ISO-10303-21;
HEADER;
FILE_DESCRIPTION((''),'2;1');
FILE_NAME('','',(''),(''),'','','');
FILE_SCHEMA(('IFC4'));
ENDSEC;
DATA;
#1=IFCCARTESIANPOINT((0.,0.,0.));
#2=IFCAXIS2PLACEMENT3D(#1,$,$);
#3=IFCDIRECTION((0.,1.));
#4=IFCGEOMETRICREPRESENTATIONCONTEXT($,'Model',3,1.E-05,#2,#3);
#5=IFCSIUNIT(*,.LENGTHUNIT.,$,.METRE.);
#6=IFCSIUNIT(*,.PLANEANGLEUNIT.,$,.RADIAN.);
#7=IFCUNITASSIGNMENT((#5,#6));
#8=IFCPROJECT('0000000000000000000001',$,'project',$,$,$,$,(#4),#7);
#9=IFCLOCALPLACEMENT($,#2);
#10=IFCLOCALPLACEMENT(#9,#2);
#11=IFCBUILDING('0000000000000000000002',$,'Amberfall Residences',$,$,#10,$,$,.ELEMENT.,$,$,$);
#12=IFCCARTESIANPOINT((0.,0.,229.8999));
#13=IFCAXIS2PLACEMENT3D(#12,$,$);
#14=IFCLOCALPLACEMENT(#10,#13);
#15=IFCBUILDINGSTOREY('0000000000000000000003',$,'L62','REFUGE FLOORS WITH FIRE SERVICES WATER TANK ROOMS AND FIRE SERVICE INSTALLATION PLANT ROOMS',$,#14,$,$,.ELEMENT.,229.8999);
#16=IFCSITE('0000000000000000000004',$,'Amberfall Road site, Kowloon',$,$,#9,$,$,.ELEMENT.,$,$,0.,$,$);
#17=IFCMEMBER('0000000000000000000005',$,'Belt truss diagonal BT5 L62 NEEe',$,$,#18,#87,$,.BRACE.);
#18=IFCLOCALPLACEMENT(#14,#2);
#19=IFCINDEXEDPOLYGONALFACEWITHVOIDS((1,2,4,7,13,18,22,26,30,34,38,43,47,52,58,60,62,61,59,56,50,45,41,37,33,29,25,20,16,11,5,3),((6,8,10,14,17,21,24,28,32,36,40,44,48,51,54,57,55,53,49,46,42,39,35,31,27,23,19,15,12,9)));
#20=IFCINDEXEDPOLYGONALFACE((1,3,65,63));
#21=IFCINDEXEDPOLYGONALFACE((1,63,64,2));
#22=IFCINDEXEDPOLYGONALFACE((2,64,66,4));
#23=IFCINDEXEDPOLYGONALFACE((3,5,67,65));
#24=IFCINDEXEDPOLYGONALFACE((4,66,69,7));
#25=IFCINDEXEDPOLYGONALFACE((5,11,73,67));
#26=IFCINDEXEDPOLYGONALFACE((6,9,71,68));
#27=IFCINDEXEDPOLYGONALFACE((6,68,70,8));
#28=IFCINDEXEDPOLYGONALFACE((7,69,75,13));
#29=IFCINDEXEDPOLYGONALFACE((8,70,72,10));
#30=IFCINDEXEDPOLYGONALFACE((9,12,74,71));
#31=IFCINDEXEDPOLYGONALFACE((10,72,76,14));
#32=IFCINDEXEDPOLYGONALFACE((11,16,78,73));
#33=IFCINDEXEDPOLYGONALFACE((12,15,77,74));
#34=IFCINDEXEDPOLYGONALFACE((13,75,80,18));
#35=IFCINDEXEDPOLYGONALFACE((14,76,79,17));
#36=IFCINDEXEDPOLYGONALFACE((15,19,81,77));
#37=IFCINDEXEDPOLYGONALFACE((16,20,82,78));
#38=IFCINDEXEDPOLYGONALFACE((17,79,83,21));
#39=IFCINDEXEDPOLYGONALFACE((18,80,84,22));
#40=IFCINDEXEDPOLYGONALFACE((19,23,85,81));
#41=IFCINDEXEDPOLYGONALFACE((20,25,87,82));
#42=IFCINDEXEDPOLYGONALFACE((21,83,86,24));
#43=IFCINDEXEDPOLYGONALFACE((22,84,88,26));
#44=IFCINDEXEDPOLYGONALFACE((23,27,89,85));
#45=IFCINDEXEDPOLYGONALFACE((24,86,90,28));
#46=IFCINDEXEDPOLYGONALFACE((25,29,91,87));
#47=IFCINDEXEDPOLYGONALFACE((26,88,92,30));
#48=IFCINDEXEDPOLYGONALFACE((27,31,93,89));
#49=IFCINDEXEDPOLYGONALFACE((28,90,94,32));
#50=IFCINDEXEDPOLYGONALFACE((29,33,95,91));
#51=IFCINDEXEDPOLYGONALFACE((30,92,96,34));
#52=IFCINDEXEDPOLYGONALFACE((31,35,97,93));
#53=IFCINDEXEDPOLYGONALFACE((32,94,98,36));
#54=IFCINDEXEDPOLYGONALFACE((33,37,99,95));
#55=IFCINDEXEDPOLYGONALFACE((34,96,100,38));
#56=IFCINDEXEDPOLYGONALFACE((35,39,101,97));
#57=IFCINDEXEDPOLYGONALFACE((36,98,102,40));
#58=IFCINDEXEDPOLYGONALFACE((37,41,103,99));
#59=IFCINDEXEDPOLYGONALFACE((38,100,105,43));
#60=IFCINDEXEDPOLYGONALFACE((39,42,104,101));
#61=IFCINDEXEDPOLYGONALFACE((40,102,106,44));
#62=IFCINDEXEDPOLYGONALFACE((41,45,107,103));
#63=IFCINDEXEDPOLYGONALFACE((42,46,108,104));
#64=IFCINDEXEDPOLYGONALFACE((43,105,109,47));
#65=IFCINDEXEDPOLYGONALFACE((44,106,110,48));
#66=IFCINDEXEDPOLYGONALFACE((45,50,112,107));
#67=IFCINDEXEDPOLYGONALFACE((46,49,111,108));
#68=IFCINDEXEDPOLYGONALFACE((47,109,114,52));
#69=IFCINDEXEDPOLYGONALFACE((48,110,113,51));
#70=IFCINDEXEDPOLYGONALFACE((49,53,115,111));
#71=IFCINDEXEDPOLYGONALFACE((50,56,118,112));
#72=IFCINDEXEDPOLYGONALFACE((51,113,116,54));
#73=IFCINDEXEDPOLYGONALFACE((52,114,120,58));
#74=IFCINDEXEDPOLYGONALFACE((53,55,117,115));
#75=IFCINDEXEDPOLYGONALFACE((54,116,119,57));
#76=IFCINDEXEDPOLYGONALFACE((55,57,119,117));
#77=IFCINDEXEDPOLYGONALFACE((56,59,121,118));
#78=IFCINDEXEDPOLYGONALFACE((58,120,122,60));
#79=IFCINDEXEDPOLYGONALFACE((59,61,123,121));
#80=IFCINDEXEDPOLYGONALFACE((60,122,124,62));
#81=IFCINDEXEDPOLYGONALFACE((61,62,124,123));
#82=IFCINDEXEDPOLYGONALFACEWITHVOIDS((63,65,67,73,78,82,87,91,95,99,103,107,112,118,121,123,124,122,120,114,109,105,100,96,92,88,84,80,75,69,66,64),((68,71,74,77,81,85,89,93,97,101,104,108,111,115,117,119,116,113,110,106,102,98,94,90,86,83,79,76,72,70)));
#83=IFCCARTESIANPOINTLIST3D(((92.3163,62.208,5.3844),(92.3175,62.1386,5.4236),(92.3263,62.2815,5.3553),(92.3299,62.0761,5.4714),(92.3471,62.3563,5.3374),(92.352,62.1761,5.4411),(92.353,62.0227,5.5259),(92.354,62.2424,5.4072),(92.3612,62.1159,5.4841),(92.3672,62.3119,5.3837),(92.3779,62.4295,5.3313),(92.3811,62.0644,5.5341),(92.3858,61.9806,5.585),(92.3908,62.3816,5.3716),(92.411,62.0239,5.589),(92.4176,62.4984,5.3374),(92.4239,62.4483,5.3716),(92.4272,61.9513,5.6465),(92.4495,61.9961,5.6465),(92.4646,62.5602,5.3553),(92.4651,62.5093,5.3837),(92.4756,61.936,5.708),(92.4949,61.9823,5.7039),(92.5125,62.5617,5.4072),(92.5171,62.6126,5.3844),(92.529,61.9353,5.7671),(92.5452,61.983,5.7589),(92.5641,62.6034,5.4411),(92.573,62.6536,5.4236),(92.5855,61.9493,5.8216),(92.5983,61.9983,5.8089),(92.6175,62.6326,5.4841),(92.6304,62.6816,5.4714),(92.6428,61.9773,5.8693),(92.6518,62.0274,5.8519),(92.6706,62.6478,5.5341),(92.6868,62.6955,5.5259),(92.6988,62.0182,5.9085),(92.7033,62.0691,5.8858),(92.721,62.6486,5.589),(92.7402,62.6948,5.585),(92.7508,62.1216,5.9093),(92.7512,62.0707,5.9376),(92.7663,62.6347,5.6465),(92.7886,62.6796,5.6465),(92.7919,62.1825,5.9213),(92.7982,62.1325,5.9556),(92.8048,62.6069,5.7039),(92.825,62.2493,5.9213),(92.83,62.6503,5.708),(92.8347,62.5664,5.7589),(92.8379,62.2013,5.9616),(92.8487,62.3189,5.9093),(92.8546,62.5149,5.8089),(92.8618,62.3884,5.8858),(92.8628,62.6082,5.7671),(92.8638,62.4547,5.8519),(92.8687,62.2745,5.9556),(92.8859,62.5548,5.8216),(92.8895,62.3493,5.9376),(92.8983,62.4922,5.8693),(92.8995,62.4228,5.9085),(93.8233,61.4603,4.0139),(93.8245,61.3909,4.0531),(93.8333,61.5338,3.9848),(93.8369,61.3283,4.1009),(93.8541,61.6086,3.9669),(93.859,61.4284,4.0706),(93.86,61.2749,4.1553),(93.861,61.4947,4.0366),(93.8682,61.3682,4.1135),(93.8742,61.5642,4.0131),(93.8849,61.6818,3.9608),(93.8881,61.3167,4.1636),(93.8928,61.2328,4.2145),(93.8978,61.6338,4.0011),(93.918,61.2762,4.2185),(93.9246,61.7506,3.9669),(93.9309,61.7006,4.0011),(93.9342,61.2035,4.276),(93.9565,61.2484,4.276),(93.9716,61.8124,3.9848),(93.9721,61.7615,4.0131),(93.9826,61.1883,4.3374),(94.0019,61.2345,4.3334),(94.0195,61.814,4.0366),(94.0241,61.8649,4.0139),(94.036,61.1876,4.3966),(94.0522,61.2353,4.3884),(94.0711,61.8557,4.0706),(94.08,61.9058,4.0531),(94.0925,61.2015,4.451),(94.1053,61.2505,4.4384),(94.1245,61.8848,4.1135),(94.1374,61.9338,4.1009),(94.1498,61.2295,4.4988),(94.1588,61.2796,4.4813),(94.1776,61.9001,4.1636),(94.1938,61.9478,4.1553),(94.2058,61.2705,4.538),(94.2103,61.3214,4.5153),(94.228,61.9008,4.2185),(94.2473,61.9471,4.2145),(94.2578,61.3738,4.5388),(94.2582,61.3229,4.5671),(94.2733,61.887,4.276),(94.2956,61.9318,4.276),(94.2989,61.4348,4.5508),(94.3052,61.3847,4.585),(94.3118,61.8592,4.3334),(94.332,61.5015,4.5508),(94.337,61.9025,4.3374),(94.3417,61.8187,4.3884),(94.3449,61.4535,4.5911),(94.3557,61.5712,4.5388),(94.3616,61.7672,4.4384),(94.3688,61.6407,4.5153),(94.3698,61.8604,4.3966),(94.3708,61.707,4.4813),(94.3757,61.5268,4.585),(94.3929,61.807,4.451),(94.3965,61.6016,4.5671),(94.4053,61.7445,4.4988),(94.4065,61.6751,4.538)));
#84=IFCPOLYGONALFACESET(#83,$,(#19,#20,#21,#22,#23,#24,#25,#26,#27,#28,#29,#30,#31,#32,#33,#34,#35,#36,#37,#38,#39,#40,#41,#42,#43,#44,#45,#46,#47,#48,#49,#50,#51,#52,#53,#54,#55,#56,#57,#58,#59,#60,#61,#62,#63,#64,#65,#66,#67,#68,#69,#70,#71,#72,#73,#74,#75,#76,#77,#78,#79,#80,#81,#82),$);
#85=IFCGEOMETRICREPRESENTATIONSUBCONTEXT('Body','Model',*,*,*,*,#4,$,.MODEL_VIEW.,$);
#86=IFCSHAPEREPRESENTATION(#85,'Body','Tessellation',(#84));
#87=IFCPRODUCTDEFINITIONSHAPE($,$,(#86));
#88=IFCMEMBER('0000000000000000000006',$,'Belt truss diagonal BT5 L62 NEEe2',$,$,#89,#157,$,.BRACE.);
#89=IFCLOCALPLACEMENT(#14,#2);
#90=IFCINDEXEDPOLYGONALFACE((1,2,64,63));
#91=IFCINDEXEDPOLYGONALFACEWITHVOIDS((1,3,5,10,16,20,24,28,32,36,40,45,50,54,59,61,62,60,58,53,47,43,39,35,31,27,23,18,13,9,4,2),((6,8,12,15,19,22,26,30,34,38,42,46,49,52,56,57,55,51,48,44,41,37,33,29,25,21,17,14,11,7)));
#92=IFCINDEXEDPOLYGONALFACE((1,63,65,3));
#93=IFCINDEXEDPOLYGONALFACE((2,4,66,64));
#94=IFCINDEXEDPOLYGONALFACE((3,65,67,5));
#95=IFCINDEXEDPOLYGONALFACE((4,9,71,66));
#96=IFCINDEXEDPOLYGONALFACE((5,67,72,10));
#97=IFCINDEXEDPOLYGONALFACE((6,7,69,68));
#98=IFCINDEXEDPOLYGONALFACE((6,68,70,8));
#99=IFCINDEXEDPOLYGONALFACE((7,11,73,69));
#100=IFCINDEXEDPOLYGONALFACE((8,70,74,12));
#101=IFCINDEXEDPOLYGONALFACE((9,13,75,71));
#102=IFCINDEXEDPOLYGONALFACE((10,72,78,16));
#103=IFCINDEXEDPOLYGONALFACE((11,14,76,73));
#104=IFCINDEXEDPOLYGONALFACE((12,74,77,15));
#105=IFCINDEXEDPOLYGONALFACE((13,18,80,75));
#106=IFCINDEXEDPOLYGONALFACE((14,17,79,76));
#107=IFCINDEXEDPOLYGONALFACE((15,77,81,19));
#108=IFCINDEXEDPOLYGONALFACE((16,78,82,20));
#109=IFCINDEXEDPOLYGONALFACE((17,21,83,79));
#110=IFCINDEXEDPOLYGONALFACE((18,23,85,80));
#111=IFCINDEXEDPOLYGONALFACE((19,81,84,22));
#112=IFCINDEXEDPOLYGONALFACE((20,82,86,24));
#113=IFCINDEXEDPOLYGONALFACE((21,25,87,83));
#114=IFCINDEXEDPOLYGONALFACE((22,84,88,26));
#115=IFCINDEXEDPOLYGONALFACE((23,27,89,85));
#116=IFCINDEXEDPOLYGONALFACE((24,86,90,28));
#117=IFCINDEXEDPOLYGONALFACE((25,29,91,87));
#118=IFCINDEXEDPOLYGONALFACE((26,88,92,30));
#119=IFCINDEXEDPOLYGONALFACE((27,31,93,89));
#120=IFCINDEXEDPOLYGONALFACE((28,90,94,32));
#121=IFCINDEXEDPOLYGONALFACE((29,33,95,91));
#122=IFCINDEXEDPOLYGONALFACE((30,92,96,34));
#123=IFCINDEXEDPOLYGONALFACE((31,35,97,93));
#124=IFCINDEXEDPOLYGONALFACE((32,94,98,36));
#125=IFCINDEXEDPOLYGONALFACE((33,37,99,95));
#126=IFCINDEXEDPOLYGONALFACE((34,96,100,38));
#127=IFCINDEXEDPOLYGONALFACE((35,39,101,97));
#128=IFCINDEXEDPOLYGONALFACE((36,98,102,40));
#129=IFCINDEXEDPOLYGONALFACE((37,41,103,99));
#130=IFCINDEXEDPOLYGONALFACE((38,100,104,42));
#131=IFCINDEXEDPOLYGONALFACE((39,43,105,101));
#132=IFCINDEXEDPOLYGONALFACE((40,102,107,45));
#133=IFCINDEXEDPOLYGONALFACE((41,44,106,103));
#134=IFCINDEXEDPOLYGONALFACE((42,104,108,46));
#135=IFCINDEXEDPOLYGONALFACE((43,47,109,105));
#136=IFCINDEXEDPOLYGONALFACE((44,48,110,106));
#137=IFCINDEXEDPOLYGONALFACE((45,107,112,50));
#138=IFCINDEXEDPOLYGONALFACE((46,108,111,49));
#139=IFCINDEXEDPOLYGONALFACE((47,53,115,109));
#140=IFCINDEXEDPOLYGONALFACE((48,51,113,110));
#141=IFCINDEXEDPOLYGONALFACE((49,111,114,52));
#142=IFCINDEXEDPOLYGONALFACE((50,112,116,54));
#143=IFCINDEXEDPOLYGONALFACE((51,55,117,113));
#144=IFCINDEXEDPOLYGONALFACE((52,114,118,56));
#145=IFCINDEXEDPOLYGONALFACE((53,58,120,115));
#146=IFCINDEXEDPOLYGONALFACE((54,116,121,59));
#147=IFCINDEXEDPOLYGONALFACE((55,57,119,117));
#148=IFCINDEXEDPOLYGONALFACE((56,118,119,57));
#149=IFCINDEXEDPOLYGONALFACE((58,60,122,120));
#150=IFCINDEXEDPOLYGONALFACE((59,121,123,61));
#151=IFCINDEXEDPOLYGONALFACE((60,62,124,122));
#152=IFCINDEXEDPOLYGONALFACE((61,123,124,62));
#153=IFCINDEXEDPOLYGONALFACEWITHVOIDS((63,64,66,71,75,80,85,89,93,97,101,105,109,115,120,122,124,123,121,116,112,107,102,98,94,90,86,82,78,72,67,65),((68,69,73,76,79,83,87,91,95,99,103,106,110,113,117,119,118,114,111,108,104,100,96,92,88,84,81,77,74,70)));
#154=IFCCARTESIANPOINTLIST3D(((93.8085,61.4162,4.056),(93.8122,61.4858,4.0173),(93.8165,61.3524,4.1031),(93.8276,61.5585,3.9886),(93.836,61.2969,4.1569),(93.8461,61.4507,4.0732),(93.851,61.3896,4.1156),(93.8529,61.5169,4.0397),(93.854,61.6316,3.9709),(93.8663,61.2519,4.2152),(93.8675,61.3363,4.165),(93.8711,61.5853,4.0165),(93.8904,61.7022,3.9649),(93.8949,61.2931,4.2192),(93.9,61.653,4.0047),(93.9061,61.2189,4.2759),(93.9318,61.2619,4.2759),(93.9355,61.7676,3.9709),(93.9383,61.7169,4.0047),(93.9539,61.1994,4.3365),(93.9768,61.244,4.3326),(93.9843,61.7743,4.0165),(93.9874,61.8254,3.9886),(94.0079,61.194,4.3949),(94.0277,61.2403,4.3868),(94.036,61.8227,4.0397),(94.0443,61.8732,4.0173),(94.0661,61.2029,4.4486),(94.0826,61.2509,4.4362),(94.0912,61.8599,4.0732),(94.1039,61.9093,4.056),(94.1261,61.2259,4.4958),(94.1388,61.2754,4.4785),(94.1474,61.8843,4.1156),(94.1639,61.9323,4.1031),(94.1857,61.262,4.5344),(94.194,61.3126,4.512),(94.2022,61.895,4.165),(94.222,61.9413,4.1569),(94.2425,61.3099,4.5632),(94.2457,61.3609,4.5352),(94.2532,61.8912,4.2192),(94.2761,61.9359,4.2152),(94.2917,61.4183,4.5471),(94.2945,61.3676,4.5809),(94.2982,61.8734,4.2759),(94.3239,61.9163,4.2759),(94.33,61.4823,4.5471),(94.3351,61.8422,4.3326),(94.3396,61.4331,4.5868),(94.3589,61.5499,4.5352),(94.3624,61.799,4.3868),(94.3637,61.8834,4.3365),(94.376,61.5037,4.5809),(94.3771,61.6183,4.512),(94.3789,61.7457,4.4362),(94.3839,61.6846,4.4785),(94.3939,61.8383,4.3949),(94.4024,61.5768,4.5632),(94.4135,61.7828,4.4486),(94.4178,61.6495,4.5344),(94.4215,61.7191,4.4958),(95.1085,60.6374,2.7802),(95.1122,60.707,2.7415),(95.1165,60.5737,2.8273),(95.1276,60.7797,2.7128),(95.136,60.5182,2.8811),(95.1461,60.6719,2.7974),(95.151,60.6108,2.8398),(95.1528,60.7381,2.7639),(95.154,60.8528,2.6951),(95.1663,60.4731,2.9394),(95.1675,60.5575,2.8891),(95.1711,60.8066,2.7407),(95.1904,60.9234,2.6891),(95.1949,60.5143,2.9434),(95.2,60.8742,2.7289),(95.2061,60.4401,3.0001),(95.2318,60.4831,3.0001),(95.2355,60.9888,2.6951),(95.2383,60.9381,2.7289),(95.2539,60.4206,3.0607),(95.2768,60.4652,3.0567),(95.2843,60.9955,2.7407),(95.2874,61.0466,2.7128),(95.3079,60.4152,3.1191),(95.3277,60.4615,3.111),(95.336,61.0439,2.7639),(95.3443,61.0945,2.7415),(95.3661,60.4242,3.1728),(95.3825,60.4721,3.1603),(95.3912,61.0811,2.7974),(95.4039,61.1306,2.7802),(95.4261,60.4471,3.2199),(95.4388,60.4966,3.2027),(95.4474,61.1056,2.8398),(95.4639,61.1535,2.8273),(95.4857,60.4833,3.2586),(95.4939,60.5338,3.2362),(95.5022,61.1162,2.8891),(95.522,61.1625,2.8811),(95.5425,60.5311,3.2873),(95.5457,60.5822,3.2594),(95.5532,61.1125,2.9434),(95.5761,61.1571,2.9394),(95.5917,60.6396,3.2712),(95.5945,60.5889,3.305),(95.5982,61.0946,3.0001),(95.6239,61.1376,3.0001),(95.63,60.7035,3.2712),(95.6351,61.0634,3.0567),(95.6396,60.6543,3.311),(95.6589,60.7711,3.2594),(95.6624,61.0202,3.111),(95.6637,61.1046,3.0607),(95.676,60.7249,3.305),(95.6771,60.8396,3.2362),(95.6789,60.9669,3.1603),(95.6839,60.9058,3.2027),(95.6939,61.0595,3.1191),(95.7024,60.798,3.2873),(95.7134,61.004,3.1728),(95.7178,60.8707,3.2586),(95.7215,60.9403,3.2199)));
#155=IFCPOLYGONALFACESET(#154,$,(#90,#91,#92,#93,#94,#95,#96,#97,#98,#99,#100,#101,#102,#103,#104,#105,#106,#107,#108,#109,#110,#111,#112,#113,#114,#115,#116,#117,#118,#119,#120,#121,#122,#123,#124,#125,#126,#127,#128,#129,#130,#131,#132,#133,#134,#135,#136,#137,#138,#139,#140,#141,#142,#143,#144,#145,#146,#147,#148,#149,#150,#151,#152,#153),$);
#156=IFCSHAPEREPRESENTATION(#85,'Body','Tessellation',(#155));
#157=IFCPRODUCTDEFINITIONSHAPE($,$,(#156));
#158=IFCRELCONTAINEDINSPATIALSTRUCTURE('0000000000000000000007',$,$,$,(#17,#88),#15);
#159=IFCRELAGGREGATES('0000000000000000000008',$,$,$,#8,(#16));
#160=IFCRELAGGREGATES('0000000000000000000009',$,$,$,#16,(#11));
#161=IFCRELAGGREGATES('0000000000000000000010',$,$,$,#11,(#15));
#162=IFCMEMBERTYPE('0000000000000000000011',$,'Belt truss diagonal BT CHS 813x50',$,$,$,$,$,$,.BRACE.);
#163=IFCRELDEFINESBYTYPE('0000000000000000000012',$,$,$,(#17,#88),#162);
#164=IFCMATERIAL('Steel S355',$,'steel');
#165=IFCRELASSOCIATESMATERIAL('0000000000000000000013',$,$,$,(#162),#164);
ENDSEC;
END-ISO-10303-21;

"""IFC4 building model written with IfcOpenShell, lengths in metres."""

from ifc_helpers import new_model, si_unit, direction, frame, origin, origin_2d, place, context, subcontext, project, spatial, hollow_circle, extrude, material, material_profile, profile_set, type_object, element, save


model = new_model("IFC4")

# Units and contexts
model_context = context("Model", 3, precision=1e-05, world=origin(), true_north=direction((0.0, 1.0)))
body_context = subcontext(model_context, "Body", "Model", "MODEL_VIEW")
ifc_project = project(units=[si_unit("LENGTHUNIT", "METRE"), si_unit("PLANEANGLEUNIT", "RADIAN")], contexts=[model_context])

# Site, building, storey
site_placement = place(None, origin())
site = spatial("IfcSite", under=ifc_project, at=site_placement, Name="Amberfall Road site, Kowloon", CompositionType="ELEMENT", RefElevation=0.0)
building_placement = place(site_placement, origin())
building = spatial("IfcBuilding", under=site, at=building_placement, Name="Amberfall Residences", CompositionType="ELEMENT")
storey_placement = place(building_placement, frame((0.0, 0.0, 229.8999)))
storey = spatial("IfcBuildingStorey", under=building, at=storey_placement, Name="L62", Description="REFUGE FLOORS WITH FIRE SERVICES WATER TANK ROOMS AND FIRE SERVICE INSTALLATION PLANT ROOMS", CompositionType="ELEMENT", Elevation=229.8999)

# Shared definitions
ifc_material_1 = material(Name="Steel S355", Category="steel")

# Members
ifc_material_profile_1 = material_profile(ifc_material_1, hollow_circle(Radius=0.4065, WallThickness=0.05, at=origin_2d()), Name="CHS 813x50")
ifc_profile_set_1 = profile_set([ifc_material_profile_1], Name="Steel S355")
member_type = type_object("IfcMemberType", Name="Belt truss diagonal BT CHS 813x50", PredefinedType="BRACE", material=ifc_profile_set_1)
member_1_placement = place(storey_placement, frame((92.6079, 62.3154, 5.6465), z_axis=(0.694495, -0.344604, -0.631605), x_axis=(0.444483, 0.895787, 0.0)))
element("IfcMember", 1, at=member_1_placement, inside=storey, type_object=member_type, Name="Belt truss diagonal BT5 L62 NEEe", PredefinedType="BRACE", context=body_context, shape_type="SweptSolid", body=[
    extrude(hollow_circle(Radius=0.4065, WallThickness=0.05, at=origin_2d()), origin(), (0.0, 0.0, 1.0), 2.1699),
])
member_2_placement = place(storey_placement, frame((94.115, 61.5676, 4.2759), z_axis=(0.656244, -0.39313, -0.644044), x_axis=(0.513903, 0.857848, 0.0)))
element("IfcMember", 2, at=member_2_placement, inside=storey, type_object=member_type, Name="Belt truss diagonal BT5 L62 NEEe2", PredefinedType="BRACE", context=body_context, shape_type="SweptSolid", body=[
    extrude(hollow_circle(Radius=0.4065, WallThickness=0.05, at=origin_2d()), origin(), (0.0, 0.0, 1.0), 1.981),
])

save(model, "model.ifc")
